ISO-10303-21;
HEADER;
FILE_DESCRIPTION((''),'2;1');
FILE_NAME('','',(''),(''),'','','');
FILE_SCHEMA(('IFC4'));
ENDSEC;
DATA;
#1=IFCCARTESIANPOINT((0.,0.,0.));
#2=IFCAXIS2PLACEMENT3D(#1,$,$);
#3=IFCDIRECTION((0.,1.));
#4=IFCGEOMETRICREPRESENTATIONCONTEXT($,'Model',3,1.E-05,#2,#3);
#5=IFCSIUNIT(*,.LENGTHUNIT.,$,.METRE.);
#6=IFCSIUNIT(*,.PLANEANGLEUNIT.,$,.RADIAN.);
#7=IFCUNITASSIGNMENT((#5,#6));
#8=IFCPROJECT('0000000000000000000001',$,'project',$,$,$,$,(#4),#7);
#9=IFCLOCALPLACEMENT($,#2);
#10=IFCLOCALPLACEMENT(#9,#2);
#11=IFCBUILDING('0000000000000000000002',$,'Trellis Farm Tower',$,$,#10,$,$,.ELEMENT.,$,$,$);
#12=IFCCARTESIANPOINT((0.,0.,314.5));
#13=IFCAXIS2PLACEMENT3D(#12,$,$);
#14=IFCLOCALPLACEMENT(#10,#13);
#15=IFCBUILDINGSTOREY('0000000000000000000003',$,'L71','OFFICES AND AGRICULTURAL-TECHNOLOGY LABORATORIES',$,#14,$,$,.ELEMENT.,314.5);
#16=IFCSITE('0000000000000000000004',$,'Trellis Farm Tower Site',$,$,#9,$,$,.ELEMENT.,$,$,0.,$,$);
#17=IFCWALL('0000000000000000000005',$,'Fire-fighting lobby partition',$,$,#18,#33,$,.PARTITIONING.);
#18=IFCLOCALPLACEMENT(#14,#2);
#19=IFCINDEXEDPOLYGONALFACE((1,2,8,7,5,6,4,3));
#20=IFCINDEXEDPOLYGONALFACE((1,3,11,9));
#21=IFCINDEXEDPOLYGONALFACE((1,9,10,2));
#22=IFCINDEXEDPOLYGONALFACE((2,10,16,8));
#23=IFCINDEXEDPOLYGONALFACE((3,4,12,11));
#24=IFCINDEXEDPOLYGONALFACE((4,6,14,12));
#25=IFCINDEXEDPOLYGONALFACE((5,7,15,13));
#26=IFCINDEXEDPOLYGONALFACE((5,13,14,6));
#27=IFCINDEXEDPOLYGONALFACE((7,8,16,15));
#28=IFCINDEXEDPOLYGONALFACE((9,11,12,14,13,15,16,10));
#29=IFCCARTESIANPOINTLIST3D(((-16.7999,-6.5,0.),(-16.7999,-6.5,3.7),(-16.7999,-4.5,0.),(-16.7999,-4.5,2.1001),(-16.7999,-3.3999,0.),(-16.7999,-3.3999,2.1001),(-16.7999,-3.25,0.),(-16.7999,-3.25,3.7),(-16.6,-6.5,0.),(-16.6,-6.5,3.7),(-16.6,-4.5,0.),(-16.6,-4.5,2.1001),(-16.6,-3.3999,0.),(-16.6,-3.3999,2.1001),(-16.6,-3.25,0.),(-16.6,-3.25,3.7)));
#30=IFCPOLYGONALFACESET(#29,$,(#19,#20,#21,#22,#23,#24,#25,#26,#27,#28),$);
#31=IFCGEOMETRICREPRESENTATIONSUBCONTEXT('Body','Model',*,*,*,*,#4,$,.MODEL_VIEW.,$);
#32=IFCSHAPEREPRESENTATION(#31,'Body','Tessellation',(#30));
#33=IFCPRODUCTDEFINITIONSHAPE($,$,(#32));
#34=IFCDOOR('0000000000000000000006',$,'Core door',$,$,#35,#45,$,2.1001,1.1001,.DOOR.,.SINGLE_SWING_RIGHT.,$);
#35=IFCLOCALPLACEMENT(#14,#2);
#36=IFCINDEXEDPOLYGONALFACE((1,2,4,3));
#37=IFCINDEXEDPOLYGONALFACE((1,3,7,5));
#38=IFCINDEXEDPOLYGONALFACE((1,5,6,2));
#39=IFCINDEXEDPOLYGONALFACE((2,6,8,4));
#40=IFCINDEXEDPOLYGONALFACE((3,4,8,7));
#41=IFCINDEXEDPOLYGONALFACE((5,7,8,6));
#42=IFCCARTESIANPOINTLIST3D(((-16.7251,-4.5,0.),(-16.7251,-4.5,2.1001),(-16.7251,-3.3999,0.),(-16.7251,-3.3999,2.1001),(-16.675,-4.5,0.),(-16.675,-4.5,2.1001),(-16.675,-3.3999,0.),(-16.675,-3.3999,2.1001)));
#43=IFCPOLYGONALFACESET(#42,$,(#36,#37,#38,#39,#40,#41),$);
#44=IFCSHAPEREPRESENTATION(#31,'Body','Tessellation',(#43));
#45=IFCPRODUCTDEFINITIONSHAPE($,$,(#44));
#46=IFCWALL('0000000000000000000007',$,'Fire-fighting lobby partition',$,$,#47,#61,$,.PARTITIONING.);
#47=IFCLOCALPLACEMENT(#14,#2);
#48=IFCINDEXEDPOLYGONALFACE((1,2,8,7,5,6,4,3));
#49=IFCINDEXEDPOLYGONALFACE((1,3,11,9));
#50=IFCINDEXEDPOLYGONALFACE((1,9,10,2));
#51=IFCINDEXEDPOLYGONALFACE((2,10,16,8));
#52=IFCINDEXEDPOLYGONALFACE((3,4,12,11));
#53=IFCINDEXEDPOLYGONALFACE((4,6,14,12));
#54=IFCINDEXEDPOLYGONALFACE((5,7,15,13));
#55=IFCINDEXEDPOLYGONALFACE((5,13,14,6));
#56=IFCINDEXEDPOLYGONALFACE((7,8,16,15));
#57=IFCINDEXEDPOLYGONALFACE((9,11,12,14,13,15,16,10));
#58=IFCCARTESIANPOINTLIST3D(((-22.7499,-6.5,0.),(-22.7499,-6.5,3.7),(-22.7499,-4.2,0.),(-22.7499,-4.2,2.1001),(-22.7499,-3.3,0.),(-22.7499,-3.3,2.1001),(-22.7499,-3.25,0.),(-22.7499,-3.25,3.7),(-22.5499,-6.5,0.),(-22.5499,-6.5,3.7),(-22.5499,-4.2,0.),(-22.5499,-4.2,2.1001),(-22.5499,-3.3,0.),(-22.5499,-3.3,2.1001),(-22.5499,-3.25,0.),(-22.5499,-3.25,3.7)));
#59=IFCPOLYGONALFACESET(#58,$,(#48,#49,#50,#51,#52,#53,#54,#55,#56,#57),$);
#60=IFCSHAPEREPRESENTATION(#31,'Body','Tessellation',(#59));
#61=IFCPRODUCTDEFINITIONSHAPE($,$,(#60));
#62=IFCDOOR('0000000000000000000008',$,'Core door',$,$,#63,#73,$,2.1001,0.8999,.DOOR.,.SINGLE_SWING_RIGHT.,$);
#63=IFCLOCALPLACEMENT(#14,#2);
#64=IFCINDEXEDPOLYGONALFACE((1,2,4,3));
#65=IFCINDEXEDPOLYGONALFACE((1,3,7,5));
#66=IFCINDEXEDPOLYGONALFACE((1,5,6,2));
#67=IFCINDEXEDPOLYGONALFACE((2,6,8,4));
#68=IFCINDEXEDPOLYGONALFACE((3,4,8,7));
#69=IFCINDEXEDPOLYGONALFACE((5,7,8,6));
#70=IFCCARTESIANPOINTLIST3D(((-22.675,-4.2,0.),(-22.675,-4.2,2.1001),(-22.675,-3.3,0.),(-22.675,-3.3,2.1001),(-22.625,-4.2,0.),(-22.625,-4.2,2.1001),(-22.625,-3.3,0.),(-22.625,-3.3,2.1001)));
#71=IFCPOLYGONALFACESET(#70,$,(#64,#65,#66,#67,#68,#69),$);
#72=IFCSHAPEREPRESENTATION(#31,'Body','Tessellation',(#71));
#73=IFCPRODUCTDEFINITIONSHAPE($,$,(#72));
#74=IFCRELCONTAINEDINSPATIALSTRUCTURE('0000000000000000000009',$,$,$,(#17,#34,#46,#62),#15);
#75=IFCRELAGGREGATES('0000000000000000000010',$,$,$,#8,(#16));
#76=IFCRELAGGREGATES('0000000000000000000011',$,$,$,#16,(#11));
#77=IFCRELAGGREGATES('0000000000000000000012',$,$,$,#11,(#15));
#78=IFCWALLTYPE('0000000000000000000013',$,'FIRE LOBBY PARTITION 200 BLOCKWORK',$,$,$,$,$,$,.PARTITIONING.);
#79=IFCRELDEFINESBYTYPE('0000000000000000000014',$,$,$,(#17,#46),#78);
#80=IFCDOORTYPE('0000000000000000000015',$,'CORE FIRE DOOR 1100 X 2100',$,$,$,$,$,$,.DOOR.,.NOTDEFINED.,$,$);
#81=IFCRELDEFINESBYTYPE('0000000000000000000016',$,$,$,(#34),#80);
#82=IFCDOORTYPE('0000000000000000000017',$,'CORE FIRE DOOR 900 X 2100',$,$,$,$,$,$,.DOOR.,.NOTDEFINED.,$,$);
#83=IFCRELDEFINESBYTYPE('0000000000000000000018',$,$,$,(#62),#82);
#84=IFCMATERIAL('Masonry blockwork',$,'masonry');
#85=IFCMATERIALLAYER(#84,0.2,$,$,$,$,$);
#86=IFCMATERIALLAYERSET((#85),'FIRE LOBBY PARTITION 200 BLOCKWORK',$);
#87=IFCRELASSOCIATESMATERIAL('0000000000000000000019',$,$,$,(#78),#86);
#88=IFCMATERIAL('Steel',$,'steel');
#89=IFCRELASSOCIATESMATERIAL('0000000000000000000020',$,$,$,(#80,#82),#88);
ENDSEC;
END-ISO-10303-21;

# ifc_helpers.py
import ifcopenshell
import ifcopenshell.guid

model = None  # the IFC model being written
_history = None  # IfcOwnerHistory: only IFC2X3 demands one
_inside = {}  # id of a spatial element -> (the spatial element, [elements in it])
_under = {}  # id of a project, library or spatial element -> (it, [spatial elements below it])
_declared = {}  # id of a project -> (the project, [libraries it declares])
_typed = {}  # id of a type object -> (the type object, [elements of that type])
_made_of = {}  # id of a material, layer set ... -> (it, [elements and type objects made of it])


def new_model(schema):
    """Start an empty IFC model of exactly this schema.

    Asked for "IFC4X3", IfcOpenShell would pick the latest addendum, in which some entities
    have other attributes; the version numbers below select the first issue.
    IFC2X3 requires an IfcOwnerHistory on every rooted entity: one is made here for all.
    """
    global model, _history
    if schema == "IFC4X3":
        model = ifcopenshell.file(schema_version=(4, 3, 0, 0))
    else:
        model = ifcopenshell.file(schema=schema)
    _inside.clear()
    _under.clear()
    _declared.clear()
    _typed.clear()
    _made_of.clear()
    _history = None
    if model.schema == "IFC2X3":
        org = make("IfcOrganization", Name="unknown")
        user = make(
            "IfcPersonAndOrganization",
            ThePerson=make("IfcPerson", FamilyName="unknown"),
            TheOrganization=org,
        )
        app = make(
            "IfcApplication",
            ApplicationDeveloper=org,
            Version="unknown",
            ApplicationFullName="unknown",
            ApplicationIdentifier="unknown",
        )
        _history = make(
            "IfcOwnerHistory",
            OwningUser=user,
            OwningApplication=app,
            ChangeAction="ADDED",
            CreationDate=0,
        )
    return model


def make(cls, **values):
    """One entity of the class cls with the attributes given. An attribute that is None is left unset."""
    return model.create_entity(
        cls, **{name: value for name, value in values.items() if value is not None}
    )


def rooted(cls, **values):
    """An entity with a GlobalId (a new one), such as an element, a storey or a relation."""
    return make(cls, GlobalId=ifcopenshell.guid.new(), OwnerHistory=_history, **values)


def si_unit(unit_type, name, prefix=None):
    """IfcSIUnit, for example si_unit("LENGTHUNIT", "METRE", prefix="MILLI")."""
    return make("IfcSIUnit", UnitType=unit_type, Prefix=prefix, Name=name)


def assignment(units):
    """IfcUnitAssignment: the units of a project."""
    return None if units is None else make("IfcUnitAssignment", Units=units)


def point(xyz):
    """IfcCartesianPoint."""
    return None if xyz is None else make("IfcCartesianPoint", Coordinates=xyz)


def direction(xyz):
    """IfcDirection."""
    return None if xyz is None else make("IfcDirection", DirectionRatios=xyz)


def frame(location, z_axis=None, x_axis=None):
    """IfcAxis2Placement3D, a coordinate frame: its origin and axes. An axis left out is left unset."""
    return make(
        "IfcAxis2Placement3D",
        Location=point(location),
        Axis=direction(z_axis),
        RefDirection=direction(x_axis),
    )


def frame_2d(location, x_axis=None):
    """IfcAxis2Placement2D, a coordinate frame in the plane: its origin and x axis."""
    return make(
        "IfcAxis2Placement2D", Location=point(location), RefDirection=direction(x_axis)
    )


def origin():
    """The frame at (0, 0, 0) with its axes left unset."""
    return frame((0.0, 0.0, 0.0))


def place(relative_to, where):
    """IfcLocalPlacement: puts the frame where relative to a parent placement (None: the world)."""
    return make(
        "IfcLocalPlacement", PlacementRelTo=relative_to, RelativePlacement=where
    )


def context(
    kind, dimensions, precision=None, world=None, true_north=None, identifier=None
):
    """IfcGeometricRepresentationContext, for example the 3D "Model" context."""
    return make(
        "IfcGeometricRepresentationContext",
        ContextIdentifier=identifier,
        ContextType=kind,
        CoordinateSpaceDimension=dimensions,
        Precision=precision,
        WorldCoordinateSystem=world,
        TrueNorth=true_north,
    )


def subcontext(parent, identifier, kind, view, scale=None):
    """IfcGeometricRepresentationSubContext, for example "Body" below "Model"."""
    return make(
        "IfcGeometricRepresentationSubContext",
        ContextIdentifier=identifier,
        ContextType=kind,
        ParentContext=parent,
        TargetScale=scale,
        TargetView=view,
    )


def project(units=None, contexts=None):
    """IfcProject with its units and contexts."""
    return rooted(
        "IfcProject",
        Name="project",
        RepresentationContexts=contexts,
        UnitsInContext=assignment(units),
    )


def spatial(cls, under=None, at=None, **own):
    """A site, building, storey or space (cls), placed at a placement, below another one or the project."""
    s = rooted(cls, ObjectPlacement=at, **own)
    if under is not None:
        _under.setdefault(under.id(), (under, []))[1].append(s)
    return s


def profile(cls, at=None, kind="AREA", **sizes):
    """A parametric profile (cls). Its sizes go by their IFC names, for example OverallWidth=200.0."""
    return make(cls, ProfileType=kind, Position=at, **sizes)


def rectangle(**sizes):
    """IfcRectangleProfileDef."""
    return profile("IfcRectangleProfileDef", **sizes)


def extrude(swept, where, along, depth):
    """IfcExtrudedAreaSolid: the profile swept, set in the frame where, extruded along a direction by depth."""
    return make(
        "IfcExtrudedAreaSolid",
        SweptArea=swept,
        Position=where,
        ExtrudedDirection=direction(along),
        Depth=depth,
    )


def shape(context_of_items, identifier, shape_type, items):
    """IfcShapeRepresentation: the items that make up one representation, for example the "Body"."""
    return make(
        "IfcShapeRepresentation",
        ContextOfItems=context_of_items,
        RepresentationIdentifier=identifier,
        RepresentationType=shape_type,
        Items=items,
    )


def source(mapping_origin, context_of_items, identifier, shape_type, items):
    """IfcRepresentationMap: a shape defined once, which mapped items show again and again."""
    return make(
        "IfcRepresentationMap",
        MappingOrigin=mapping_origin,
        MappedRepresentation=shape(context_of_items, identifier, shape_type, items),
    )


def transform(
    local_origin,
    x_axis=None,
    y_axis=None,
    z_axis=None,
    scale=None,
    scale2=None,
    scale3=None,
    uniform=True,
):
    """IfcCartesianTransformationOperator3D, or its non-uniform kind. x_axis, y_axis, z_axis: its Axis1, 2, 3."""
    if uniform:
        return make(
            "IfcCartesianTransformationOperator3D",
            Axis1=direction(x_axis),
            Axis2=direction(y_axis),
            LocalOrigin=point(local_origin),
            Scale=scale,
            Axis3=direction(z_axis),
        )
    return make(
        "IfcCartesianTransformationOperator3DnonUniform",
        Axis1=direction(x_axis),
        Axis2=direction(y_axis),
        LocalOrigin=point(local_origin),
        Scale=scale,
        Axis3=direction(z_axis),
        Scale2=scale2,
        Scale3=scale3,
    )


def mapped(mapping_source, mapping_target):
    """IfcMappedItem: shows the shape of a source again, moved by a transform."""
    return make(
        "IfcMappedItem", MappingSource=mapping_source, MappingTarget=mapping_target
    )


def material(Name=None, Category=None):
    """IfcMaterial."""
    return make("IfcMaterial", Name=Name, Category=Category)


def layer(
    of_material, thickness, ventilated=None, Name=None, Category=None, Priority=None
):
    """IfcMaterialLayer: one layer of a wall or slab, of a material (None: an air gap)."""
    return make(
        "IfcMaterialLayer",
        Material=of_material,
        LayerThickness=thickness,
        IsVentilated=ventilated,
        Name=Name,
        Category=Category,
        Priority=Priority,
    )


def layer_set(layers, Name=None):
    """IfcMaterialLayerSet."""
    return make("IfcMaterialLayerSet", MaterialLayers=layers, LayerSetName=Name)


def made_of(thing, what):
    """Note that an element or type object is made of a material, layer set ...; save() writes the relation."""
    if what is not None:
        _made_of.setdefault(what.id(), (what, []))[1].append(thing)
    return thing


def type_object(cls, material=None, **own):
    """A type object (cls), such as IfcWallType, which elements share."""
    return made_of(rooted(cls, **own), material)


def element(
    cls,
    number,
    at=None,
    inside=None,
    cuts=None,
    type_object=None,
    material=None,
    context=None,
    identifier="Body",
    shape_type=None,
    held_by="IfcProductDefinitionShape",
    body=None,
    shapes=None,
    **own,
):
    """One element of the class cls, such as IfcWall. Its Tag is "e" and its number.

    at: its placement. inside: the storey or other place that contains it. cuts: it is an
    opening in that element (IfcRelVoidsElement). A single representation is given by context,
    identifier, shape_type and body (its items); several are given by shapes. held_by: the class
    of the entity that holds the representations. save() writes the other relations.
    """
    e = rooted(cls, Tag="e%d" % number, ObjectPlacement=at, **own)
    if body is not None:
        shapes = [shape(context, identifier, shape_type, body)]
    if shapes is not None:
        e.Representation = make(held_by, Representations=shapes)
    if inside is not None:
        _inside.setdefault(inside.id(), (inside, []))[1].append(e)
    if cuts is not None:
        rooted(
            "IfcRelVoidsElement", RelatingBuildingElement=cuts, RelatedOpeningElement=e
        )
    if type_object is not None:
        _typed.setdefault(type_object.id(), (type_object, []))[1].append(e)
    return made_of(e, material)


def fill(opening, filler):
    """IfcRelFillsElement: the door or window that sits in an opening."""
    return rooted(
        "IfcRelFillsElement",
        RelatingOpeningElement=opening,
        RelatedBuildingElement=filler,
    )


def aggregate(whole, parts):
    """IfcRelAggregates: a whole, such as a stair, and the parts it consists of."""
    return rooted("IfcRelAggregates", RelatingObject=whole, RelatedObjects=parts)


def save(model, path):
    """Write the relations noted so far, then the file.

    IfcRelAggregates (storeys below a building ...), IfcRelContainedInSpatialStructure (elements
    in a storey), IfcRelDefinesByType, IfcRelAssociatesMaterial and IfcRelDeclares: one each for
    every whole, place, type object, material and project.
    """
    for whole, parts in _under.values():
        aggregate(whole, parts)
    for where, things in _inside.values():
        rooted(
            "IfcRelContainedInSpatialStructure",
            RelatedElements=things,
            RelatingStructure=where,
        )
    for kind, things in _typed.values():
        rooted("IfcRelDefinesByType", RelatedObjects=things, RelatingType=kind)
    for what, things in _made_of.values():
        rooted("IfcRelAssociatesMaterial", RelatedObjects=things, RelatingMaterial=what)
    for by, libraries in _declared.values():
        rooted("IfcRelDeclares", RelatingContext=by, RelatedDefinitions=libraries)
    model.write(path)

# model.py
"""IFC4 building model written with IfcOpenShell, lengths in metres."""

from ifc_helpers import new_model, si_unit, direction, frame, frame_2d, origin, place, context, subcontext, project, spatial, rectangle, extrude, source, transform, mapped, material, layer, layer_set, type_object, element, fill, save


model = new_model("IFC4")

# Units and contexts
model_context = context("Model", 3, precision=1e-05, world=origin(), true_north=direction((0.0, 1.0)))
body_context = subcontext(model_context, "Body", "Model", "MODEL_VIEW")
ifc_project = project(units=[si_unit("LENGTHUNIT", "METRE"), si_unit("PLANEANGLEUNIT", "RADIAN")], contexts=[model_context])

# Site, building, storey
site_placement = place(None, origin())
site = spatial("IfcSite", under=ifc_project, at=site_placement, Name="Trellis Farm Tower Site", CompositionType="ELEMENT", RefElevation=0.0)
building_placement = place(site_placement, origin())
building = spatial("IfcBuilding", under=site, at=building_placement, Name="Trellis Farm Tower", CompositionType="ELEMENT")
storey_placement = place(building_placement, frame((0.0, 0.0, 314.5)))
storey = spatial("IfcBuildingStorey", under=building, at=storey_placement, Name="L71", Description="OFFICES AND AGRICULTURAL-TECHNOLOGY LABORATORIES", CompositionType="ELEMENT", Elevation=314.5)

# Walls, openings, doors
ifc_material_1 = material(Name="Masonry blockwork", Category="masonry")
ifc_layer_1 = layer(ifc_material_1, 0.2)
ifc_layer_set_1 = layer_set([ifc_layer_1], Name="FIRE LOBBY PARTITION 200 BLOCKWORK")
wall_type_1 = type_object("IfcWallType", Name="FIRE LOBBY PARTITION 200 BLOCKWORK", PredefinedType="PARTITIONING", material=ifc_layer_set_1)
shared_shape_1 = source(origin(), body_context, "Body", "SweptSolid", [
    extrude(rectangle(XDim=3.25, YDim=0.2, at=frame_2d((1.625, 0.0))), origin(), (0.0, 0.0, 1.0), 3.7),
])
wall_1_placement = place(storey_placement, frame((-16.7, -3.25, 0.0), z_axis=(0.0, 0.0, 1.0), x_axis=(0.0, -1.0, 0.0)))
wall_1 = element("IfcWall", 1, at=wall_1_placement, inside=storey, type_object=wall_type_1, Name="Fire-fighting lobby partition", PredefinedType="PARTITIONING", context=body_context, shape_type="MappedRepresentation", body=[
    mapped(shared_shape_1, transform((0.0, 0.0, 0.0))),
])
shared_shape_2 = source(origin(), body_context, "Body", "SweptSolid", [
    extrude(rectangle(XDim=1.1001, YDim=2.1001, at=frame_2d((0.55, 1.05))), frame((0.0, 0.1101, 0.0), z_axis=(0.0, -1.0, 0.0), x_axis=(1.0, 0.0, 0.0)), (0.0, 0.0, 1.0), 0.2202),
])
opening_1_placement = place(wall_1_placement, frame((0.1499, 0.0, 0.0)))
opening_1 = element("IfcOpeningElement", 2, at=opening_1_placement, cuts=wall_1, PredefinedType="OPENING", context=body_context, shape_type="MappedRepresentation", body=[
    mapped(shared_shape_2, transform((0.0, 0.0, 0.0))),
])
ifc_material_2 = material(Name="Steel", Category="steel")
door_type_1 = type_object("IfcDoorType", Name="CORE FIRE DOOR 1100 X 2100", OperationType="NOTDEFINED", PredefinedType="DOOR", material=ifc_material_2)
shared_shape_3 = source(origin(), body_context, "Body", "SweptSolid", [
    extrude(rectangle(XDim=1.1001, YDim=2.1001, at=frame_2d((0.55, 1.05))), frame((0.0, 0.0249, 0.0), z_axis=(0.0, -1.0, 0.0), x_axis=(1.0, 0.0, 0.0)), (0.0, 0.0, 1.0), 0.05),
])
door_1_placement = place(opening_1_placement, origin())
door_1 = element("IfcDoor", 3, at=door_1_placement, inside=storey, type_object=door_type_1, Name="Core door", OperationType="SINGLE_SWING_RIGHT", OverallHeight=2.1001, OverallWidth=1.1001, PredefinedType="DOOR", context=body_context, shape_type="MappedRepresentation", body=[
    mapped(shared_shape_3, transform((0.0, 0.0, 0.0))),
])
fill(opening_1, door_1)
wall_2_placement = place(storey_placement, frame((-22.6499, -3.25, 0.0), z_axis=(0.0, 0.0, 1.0), x_axis=(0.0, -1.0, 0.0)))
wall_2 = element("IfcWall", 4, at=wall_2_placement, inside=storey, type_object=wall_type_1, Name="Fire-fighting lobby partition", PredefinedType="PARTITIONING", context=body_context, shape_type="MappedRepresentation", body=[
    mapped(shared_shape_1, transform((0.0, 0.0, 0.0))),
])
shared_shape_4 = source(origin(), body_context, "Body", "SweptSolid", [
    extrude(rectangle(XDim=0.8999, YDim=2.1001, at=frame_2d((0.45, 1.05))), frame((0.0, 0.1101, 0.0), z_axis=(0.0, -1.0, 0.0), x_axis=(1.0, 0.0, 0.0)), (0.0, 0.0, 1.0), 0.2202),
])
opening_2_placement = place(wall_2_placement, frame((0.05, 0.0, 0.0)))
opening_2 = element("IfcOpeningElement", 5, at=opening_2_placement, cuts=wall_2, PredefinedType="OPENING", context=body_context, shape_type="MappedRepresentation", body=[
    mapped(shared_shape_4, transform((0.0, 0.0, 0.0))),
])
door_type_2 = type_object("IfcDoorType", Name="CORE FIRE DOOR 900 X 2100", OperationType="NOTDEFINED", PredefinedType="DOOR", material=ifc_material_2)
shared_shape_5 = source(origin(), body_context, "Body", "SweptSolid", [
    extrude(rectangle(XDim=0.8999, YDim=2.1001, at=frame_2d((0.45, 1.05))), frame((0.0, 0.0249, 0.0), z_axis=(0.0, -1.0, 0.0), x_axis=(1.0, 0.0, 0.0)), (0.0, 0.0, 1.0), 0.05),
])
door_2_placement = place(opening_2_placement, origin())
door_2 = element("IfcDoor", 6, at=door_2_placement, inside=storey, type_object=door_type_2, Name="Core door", OperationType="SINGLE_SWING_RIGHT", OverallHeight=2.1001, OverallWidth=0.8999, PredefinedType="DOOR", context=body_context, shape_type="MappedRepresentation", body=[
    mapped(shared_shape_5, transform((0.0, 0.0, 0.0))),
])
fill(opening_2, door_2)

save(model, "model.ifc")
